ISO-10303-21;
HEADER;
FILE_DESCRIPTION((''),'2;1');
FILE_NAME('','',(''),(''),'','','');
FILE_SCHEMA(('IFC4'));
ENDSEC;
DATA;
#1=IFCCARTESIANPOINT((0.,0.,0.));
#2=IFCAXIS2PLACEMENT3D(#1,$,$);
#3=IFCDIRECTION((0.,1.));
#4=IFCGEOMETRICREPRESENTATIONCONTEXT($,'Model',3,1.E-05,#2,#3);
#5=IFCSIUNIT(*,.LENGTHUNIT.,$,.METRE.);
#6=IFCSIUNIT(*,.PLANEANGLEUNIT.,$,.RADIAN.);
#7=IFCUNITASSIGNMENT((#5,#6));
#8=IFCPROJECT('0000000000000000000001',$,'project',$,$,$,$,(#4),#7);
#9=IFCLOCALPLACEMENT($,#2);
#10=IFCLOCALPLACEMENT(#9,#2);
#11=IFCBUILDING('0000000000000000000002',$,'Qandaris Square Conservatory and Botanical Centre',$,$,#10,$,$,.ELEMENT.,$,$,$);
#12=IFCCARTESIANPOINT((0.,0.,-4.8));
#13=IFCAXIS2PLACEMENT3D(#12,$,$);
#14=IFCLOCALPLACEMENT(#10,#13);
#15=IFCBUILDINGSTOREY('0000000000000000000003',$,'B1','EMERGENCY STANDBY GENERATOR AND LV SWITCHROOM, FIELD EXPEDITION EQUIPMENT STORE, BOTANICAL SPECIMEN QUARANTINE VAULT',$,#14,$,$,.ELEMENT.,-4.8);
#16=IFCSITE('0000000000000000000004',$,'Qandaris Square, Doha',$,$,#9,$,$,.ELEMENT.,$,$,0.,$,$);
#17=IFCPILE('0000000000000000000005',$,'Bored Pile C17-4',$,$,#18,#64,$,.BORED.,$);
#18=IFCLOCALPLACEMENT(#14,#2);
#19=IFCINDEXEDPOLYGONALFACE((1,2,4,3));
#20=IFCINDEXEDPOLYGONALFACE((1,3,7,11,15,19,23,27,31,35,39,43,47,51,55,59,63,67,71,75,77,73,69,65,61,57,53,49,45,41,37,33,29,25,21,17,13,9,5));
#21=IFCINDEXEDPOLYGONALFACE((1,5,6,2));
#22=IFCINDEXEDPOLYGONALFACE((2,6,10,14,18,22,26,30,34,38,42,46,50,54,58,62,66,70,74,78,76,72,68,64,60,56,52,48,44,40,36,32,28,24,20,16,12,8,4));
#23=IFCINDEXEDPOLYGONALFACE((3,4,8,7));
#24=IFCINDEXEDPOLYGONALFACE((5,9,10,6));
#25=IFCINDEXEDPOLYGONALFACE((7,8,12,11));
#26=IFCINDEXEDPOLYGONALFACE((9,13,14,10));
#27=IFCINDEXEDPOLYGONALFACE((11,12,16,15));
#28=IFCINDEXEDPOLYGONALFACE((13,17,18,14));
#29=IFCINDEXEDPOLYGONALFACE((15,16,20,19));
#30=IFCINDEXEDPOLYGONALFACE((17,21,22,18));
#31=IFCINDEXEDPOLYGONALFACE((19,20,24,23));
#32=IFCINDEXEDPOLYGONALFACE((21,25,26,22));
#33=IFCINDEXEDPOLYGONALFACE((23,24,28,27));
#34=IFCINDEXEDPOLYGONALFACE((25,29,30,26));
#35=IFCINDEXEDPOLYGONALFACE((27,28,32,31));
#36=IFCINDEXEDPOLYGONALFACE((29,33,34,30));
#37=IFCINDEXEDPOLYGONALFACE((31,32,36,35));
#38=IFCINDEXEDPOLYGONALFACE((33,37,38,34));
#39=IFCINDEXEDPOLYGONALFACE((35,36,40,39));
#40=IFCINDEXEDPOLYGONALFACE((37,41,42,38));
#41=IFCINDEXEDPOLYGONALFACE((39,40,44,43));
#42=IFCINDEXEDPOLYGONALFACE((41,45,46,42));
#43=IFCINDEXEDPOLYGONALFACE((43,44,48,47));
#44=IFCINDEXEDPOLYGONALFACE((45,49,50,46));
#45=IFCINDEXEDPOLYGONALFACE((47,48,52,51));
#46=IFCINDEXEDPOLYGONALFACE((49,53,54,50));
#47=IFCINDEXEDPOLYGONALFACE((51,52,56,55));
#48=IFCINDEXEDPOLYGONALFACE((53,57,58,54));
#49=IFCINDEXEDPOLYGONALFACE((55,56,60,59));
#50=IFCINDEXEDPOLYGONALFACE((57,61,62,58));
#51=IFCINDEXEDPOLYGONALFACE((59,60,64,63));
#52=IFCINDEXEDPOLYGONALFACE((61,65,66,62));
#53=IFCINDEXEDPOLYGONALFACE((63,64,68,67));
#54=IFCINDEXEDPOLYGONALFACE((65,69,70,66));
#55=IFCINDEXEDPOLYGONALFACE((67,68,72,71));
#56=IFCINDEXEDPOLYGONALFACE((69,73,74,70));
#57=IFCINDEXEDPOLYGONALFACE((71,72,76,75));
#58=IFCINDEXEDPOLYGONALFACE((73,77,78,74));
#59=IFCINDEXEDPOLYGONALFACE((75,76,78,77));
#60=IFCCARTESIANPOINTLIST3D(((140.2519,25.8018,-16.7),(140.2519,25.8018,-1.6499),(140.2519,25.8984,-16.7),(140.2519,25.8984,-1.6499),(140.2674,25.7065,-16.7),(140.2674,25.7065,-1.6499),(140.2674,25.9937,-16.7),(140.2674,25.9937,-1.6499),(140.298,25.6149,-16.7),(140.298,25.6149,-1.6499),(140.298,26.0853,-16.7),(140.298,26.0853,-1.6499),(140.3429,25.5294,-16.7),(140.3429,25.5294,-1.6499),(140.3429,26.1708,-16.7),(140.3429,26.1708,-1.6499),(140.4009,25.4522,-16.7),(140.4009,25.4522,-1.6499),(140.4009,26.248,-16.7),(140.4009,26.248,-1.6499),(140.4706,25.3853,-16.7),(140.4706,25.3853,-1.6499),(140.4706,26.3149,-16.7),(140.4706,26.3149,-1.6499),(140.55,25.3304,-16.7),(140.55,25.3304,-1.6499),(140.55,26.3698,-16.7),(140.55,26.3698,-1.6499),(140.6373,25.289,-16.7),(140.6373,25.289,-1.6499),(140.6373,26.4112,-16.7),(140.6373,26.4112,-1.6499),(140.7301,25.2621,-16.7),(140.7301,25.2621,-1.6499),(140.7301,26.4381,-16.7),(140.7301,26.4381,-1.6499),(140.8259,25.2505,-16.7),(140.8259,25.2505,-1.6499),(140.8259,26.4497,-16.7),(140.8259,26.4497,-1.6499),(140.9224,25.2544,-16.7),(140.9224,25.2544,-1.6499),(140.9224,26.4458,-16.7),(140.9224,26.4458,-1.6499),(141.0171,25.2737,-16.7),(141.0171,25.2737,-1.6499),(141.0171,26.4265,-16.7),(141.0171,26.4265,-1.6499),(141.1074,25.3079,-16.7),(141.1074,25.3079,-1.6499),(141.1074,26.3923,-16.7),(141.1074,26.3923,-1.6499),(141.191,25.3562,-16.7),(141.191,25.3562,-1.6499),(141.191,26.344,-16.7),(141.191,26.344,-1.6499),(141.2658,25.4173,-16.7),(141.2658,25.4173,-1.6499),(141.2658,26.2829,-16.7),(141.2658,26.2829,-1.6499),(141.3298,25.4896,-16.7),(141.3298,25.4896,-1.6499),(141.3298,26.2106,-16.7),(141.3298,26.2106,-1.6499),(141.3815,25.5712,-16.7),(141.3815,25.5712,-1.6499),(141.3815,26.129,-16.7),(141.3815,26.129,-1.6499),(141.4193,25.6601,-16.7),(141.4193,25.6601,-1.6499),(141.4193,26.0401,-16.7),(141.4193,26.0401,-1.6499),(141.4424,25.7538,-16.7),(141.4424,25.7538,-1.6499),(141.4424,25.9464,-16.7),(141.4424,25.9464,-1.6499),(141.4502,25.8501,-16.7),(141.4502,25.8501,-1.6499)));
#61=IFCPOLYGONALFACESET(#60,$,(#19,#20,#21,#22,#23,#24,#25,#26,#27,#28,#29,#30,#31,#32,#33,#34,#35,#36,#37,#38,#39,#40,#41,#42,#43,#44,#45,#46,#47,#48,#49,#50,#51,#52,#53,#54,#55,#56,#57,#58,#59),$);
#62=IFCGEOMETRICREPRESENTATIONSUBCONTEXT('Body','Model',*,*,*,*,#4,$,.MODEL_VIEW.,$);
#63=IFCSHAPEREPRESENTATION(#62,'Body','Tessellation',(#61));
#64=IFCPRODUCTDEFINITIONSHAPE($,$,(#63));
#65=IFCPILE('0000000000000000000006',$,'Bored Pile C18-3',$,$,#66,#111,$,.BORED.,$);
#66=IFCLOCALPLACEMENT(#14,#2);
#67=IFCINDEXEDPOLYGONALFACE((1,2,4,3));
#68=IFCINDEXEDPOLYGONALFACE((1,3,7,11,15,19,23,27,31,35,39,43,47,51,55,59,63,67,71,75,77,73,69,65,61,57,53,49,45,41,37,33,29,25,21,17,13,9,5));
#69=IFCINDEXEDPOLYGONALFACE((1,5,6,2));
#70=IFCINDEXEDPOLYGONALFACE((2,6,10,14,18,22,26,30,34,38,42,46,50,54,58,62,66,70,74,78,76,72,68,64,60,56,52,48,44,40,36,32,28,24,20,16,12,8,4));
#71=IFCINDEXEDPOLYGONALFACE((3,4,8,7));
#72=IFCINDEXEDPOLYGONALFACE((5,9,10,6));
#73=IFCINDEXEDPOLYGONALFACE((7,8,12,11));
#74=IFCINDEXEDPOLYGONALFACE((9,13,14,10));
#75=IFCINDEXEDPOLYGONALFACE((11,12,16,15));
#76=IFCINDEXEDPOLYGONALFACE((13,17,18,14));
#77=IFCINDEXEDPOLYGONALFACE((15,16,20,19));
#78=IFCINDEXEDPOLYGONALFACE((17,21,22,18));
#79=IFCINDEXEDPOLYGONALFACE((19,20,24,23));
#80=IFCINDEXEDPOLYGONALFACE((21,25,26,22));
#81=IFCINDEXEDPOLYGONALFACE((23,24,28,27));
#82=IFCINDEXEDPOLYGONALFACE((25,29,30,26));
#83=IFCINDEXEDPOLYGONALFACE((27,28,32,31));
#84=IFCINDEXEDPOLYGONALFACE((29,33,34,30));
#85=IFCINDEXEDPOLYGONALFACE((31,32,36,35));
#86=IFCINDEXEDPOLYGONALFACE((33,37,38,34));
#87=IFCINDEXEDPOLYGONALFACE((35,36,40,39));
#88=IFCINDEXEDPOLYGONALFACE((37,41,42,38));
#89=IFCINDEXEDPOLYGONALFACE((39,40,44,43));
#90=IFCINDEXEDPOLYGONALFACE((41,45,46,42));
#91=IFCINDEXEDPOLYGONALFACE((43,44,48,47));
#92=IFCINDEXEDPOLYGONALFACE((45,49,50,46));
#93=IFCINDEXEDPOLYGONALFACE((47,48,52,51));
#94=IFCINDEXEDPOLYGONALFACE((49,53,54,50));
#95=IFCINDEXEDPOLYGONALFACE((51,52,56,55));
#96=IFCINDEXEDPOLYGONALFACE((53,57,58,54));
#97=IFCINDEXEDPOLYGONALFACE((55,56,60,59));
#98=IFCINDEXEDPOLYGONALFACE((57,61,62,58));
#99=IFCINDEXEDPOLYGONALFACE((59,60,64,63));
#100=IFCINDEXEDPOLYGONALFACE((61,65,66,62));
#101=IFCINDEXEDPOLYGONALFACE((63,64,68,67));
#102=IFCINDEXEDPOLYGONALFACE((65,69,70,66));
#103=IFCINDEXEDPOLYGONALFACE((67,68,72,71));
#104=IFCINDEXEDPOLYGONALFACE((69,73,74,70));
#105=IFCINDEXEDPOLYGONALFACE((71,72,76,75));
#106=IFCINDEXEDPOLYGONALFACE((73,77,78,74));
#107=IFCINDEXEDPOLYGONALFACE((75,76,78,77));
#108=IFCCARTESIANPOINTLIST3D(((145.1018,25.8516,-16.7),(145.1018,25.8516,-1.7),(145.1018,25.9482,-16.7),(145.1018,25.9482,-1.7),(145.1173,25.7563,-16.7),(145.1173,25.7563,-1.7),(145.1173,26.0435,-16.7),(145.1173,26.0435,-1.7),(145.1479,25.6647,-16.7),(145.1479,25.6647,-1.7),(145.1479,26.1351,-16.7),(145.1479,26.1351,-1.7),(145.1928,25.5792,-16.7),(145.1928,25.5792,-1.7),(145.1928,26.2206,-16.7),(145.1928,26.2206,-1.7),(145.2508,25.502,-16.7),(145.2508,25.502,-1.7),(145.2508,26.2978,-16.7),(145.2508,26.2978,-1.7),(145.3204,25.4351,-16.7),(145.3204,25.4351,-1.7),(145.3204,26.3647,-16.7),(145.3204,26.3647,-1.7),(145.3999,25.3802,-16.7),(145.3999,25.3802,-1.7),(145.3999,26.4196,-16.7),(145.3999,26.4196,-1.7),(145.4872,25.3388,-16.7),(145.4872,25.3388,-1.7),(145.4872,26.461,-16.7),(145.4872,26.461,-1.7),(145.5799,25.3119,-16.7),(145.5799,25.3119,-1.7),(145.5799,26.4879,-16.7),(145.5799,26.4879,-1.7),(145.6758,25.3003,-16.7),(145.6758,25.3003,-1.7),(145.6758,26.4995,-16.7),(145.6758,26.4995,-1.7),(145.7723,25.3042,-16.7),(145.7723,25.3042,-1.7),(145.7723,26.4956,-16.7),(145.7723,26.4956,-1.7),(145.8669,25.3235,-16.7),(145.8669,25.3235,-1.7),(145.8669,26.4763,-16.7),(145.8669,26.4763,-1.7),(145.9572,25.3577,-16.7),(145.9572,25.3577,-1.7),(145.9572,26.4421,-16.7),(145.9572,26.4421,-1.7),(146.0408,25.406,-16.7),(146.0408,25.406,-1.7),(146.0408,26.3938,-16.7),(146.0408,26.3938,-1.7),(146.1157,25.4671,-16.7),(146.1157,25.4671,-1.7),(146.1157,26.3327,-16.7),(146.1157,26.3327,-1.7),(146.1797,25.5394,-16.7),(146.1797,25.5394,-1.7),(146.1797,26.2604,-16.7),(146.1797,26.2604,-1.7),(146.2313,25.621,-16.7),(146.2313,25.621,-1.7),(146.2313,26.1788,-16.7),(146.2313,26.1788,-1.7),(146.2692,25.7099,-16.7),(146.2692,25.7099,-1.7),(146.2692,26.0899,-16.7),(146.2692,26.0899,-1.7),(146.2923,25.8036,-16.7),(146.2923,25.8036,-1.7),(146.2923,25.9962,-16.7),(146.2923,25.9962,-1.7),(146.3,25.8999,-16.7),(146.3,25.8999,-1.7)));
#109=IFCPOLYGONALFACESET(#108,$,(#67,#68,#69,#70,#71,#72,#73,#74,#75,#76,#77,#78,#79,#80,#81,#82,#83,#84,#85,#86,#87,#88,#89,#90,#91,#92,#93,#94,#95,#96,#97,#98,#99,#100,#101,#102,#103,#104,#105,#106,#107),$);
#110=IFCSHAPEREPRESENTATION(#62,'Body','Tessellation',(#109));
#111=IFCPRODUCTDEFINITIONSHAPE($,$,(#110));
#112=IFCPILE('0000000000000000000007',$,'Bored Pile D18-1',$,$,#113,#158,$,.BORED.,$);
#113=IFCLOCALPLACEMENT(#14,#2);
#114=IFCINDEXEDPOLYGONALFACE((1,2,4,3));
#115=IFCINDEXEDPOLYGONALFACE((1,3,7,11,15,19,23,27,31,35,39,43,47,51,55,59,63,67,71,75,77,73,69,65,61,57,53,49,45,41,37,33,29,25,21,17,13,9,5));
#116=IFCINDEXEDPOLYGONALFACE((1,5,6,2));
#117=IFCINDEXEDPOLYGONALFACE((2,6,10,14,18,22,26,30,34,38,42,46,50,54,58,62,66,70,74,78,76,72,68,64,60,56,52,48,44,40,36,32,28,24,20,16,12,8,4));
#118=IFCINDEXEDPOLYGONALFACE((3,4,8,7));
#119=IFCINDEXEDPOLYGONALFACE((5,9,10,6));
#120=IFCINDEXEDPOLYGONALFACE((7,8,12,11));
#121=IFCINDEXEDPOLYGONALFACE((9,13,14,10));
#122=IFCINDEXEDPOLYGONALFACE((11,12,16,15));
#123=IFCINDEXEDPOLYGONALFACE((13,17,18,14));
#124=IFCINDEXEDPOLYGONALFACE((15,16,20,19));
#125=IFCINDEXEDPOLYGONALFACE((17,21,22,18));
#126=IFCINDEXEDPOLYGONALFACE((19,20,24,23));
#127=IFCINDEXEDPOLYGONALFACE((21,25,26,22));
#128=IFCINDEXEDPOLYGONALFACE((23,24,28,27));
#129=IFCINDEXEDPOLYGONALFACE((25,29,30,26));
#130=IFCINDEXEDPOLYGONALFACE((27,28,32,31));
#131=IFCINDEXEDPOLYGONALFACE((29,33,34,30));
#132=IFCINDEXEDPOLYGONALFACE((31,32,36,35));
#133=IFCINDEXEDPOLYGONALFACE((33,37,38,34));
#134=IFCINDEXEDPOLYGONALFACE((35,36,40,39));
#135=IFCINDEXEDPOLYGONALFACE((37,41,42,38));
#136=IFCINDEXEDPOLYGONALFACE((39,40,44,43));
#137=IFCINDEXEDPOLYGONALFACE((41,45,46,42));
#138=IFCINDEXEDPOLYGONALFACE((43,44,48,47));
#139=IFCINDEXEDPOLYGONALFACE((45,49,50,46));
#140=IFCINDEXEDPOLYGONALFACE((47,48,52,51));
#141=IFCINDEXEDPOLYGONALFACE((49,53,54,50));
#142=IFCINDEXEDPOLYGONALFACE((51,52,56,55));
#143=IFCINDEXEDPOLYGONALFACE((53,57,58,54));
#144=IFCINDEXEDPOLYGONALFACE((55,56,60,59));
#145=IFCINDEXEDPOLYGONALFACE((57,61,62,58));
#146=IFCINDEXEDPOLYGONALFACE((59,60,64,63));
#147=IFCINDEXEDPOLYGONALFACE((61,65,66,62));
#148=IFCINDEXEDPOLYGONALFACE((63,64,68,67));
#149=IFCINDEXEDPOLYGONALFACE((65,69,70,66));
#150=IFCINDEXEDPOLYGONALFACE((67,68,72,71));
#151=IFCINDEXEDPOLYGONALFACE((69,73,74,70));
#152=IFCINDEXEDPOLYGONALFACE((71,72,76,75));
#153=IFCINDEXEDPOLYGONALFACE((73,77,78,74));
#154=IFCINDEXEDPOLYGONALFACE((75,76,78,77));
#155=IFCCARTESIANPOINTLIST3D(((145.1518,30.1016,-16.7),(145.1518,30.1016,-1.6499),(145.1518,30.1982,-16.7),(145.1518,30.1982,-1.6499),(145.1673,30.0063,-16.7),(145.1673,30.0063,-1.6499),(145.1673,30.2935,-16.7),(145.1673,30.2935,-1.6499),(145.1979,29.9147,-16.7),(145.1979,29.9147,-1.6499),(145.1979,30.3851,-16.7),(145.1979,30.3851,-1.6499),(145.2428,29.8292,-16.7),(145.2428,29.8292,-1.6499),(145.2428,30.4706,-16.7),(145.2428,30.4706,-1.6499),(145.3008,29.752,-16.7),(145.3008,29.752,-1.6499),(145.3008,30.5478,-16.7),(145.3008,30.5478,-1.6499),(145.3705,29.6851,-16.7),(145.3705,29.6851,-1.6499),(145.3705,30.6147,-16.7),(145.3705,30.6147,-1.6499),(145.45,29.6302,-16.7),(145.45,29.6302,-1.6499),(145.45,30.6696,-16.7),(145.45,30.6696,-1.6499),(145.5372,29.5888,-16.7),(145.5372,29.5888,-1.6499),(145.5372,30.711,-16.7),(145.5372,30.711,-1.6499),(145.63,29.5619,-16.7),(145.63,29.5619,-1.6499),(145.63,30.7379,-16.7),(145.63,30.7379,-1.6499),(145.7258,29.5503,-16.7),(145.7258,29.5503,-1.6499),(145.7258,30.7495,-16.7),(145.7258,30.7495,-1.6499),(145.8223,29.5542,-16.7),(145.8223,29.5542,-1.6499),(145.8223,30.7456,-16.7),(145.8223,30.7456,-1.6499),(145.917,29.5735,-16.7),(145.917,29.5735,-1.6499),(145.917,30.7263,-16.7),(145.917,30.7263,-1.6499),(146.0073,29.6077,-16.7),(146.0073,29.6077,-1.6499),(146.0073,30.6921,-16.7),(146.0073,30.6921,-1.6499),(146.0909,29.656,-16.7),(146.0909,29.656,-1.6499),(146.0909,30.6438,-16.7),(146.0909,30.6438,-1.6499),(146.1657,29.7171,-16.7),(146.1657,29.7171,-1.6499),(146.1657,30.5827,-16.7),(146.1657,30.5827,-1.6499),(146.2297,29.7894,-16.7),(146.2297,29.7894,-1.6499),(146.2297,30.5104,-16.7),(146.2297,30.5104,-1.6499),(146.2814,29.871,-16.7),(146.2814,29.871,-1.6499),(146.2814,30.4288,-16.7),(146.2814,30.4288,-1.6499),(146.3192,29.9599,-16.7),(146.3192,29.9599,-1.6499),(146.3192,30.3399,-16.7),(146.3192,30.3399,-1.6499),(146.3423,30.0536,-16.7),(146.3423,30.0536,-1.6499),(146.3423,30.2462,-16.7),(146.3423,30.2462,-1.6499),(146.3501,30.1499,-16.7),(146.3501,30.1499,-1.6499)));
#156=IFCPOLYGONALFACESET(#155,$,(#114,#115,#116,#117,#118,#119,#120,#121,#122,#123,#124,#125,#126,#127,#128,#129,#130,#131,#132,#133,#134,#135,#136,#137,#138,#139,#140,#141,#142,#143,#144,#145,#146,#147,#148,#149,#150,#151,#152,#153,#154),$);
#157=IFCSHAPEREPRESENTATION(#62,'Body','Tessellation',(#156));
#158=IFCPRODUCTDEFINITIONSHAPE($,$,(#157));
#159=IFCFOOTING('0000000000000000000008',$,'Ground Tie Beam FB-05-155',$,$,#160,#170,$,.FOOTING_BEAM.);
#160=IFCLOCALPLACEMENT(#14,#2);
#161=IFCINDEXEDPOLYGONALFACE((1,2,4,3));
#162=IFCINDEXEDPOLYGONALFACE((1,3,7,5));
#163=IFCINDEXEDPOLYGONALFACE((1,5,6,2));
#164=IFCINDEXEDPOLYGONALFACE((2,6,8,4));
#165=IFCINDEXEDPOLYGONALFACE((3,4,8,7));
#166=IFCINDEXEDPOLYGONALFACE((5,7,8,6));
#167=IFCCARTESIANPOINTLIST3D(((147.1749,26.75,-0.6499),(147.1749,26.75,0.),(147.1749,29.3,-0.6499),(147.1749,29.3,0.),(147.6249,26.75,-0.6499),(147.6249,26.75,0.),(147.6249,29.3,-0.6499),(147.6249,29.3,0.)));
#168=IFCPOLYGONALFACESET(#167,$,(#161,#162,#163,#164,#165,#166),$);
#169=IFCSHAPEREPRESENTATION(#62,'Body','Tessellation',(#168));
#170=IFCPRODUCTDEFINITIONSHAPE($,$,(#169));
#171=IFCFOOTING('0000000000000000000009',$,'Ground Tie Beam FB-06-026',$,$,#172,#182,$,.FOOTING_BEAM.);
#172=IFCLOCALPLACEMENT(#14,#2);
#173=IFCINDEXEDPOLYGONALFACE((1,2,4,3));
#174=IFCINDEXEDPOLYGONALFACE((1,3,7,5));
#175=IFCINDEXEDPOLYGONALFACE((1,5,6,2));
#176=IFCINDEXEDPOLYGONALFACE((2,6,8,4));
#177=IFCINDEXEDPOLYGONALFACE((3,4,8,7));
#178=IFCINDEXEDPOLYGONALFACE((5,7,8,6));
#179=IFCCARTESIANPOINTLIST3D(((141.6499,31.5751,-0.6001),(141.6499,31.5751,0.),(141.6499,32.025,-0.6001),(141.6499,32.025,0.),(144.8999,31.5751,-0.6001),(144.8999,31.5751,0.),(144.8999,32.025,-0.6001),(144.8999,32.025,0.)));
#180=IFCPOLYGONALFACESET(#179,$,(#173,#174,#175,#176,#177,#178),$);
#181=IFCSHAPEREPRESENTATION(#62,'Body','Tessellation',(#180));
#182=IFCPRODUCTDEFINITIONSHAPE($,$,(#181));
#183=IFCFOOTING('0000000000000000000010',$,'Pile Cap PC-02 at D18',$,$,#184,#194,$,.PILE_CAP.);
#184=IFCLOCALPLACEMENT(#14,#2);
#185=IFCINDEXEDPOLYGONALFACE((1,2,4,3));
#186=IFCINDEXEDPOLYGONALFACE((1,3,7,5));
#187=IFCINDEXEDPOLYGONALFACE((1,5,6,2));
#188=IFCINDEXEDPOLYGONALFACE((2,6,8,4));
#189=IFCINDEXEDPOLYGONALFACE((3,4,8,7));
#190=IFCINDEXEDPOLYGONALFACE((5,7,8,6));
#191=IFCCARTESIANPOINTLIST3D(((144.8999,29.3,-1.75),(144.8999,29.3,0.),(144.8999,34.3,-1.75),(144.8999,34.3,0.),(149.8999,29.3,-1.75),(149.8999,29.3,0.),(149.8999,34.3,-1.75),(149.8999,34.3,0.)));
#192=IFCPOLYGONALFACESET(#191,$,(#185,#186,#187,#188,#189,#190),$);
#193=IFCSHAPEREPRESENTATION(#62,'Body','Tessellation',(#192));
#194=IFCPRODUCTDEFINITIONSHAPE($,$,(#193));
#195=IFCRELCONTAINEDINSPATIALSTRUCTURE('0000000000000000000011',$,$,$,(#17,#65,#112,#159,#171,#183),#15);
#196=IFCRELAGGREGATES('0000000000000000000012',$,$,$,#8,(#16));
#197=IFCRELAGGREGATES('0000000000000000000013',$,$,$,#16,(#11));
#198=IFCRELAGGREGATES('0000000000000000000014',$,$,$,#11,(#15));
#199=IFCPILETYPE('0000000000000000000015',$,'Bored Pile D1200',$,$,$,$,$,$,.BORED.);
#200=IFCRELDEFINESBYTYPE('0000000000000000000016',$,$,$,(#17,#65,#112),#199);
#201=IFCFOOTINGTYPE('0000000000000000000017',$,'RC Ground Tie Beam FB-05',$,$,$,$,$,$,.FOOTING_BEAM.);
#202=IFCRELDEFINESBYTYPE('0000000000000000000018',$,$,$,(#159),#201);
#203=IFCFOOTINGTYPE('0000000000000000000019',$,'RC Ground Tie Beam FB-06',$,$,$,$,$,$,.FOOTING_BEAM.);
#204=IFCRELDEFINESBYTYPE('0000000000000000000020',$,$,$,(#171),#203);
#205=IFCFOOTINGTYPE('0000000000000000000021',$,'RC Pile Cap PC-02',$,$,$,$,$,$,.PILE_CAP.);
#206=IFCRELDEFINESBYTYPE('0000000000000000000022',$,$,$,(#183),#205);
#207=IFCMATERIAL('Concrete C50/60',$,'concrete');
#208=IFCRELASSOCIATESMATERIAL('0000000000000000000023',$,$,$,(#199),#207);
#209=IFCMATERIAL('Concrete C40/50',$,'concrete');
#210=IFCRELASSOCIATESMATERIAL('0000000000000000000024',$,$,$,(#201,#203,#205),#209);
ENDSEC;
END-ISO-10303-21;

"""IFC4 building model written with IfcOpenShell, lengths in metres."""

from ifc_helpers import new_model, si_unit, direction, frame, origin, origin_2d, place, context, subcontext, project, spatial, rectangle, circle, extrude, material, material_profile, profile_set, type_object, element, save


model = new_model("IFC4")

# Units and contexts
model_context = context("Model", 3, precision=1e-05, world=origin(), true_north=direction((0.0, 1.0)))
body_context = subcontext(model_context, "Body", "Model", "MODEL_VIEW")
ifc_project = project(units=[si_unit("LENGTHUNIT", "METRE"), si_unit("PLANEANGLEUNIT", "RADIAN")], contexts=[model_context])

# Site, building, storey
site_placement = place(None, origin())
site = spatial("IfcSite", under=ifc_project, at=site_placement, Name="Qandaris Square, Doha", CompositionType="ELEMENT", RefElevation=0.0)
building_placement = place(site_placement, origin())
building = spatial("IfcBuilding", under=site, at=building_placement, Name="Qandaris Square Conservatory and Botanical Centre", CompositionType="ELEMENT")
storey_placement = place(building_placement, frame((0.0, 0.0, -4.8)))
storey = spatial("IfcBuildingStorey", under=building, at=storey_placement, Name="B1", Description="EMERGENCY STANDBY GENERATOR AND LV SWITCHROOM, FIELD EXPEDITION EQUIPMENT STORE, BOTANICAL SPECIMEN QUARANTINE VAULT", CompositionType="ELEMENT", Elevation=-4.8)

# Piles
ifc_material_1 = material(Name="Concrete C50/60", Category="concrete")
ifc_material_profile_1 = material_profile(ifc_material_1, circle(Radius=0.6001, at=origin_2d()), Name="PILE D1200")
ifc_profile_set_1 = profile_set([ifc_material_profile_1], Name="Concrete C50/60")
pile_type = type_object("IfcPileType", Name="Bored Pile D1200", PredefinedType="BORED", material=ifc_profile_set_1)
pile_1_placement = place(storey_placement, frame((140.8501, 25.8501, -1.6499), z_axis=(0.0, 0.0, -1.0), x_axis=(1.0, 0.0, 0.0)))
element("IfcPile", 1, at=pile_1_placement, inside=storey, type_object=pile_type, Name="Bored Pile C17-4", PredefinedType="BORED", context=body_context, shape_type="SweptSolid", body=[
    extrude(circle(Radius=0.6001, at=origin_2d()), origin(), (0.0, 0.0, 1.0), 15.05),
])
pile_2_placement = place(storey_placement, frame((145.7, 25.8999, -1.7), z_axis=(0.0, 0.0, -1.0), x_axis=(1.0, 0.0, 0.0)))
element("IfcPile", 2, at=pile_2_placement, inside=storey, type_object=pile_type, Name="Bored Pile C18-3", PredefinedType="BORED", context=body_context, shape_type="SweptSolid", body=[
    extrude(circle(Radius=0.6001, at=origin_2d()), origin(), (0.0, 0.0, 1.0), 15.0),
])
pile_3_placement = place(storey_placement, frame((145.75, 30.1499, -1.6499), z_axis=(0.0, 0.0, -1.0), x_axis=(1.0, 0.0, 0.0)))
element("IfcPile", 3, at=pile_3_placement, inside=storey, type_object=pile_type, Name="Bored Pile D18-1", PredefinedType="BORED", context=body_context, shape_type="SweptSolid", body=[
    extrude(circle(Radius=0.6001, at=origin_2d()), origin(), (0.0, 0.0, 1.0), 15.05),
])

# Footings
ifc_material_2 = material(Name="Concrete C40/50", Category="concrete")
ifc_material_profile_2 = material_profile(ifc_material_2, rectangle(XDim=0.45, YDim=0.6499, at=origin_2d()), Name="FB 450x650")
ifc_profile_set_2 = profile_set([ifc_material_profile_2], Name="Concrete C40/50")
footing_type_1 = type_object("IfcFootingType", Name="RC Ground Tie Beam FB-05", PredefinedType="FOOTING_BEAM", material=ifc_profile_set_2)
footing_1_placement = place(storey_placement, frame((147.3999, 26.75, -0.325), z_axis=(0.0, 1.0, 0.0), x_axis=(-1.0, 0.0, 0.0)))
element("IfcFooting", 4, at=footing_1_placement, inside=storey, type_object=footing_type_1, Name="Ground Tie Beam FB-05-155", PredefinedType="FOOTING_BEAM", context=body_context, shape_type="SweptSolid", body=[
    extrude(rectangle(XDim=0.45, YDim=0.6499, at=origin_2d()), origin(), (0.0, 0.0, 1.0), 2.55),
])
ifc_material_profile_3 = material_profile(ifc_material_2, rectangle(XDim=0.45, YDim=0.6001, at=origin_2d()), Name="FB 450x600")
ifc_profile_set_3 = profile_set([ifc_material_profile_3], Name="Concrete C40/50")
footing_type_2 = type_object("IfcFootingType", Name="RC Ground Tie Beam FB-06", PredefinedType="FOOTING_BEAM", material=ifc_profile_set_3)
footing_2_placement = place(storey_placement, frame((141.6499, 31.8, -0.3), z_axis=(1.0, 0.0, 0.0), x_axis=(0.0, 1.0, 0.0)))
element("IfcFooting", 5, at=footing_2_placement, inside=storey, type_object=footing_type_2, Name="Ground Tie Beam FB-06-026", PredefinedType="FOOTING_BEAM", context=body_context, shape_type="SweptSolid", body=[
    extrude(rectangle(XDim=0.45, YDim=0.6001, at=origin_2d()), origin(), (0.0, 0.0, 1.0), 3.25),
])
footing_type_3 = type_object("IfcFootingType", Name="RC Pile Cap PC-02", PredefinedType="PILE_CAP", material=ifc_material_2)
footing_3_placement = place(storey_placement, frame((147.3999, 31.8, -1.75), z_axis=(0.0, 0.0, 1.0), x_axis=(1.0, 0.0, 0.0)))
element("IfcFooting", 6, at=footing_3_placement, inside=storey, type_object=footing_type_3, Name="Pile Cap PC-02 at D18", PredefinedType="PILE_CAP", context=body_context, shape_type="SweptSolid", body=[
    extrude(rectangle(XDim=5.0, YDim=5.0, at=origin_2d()), origin(), (0.0, 0.0, 1.0), 1.75),
])

save(model, "model.ifc")
